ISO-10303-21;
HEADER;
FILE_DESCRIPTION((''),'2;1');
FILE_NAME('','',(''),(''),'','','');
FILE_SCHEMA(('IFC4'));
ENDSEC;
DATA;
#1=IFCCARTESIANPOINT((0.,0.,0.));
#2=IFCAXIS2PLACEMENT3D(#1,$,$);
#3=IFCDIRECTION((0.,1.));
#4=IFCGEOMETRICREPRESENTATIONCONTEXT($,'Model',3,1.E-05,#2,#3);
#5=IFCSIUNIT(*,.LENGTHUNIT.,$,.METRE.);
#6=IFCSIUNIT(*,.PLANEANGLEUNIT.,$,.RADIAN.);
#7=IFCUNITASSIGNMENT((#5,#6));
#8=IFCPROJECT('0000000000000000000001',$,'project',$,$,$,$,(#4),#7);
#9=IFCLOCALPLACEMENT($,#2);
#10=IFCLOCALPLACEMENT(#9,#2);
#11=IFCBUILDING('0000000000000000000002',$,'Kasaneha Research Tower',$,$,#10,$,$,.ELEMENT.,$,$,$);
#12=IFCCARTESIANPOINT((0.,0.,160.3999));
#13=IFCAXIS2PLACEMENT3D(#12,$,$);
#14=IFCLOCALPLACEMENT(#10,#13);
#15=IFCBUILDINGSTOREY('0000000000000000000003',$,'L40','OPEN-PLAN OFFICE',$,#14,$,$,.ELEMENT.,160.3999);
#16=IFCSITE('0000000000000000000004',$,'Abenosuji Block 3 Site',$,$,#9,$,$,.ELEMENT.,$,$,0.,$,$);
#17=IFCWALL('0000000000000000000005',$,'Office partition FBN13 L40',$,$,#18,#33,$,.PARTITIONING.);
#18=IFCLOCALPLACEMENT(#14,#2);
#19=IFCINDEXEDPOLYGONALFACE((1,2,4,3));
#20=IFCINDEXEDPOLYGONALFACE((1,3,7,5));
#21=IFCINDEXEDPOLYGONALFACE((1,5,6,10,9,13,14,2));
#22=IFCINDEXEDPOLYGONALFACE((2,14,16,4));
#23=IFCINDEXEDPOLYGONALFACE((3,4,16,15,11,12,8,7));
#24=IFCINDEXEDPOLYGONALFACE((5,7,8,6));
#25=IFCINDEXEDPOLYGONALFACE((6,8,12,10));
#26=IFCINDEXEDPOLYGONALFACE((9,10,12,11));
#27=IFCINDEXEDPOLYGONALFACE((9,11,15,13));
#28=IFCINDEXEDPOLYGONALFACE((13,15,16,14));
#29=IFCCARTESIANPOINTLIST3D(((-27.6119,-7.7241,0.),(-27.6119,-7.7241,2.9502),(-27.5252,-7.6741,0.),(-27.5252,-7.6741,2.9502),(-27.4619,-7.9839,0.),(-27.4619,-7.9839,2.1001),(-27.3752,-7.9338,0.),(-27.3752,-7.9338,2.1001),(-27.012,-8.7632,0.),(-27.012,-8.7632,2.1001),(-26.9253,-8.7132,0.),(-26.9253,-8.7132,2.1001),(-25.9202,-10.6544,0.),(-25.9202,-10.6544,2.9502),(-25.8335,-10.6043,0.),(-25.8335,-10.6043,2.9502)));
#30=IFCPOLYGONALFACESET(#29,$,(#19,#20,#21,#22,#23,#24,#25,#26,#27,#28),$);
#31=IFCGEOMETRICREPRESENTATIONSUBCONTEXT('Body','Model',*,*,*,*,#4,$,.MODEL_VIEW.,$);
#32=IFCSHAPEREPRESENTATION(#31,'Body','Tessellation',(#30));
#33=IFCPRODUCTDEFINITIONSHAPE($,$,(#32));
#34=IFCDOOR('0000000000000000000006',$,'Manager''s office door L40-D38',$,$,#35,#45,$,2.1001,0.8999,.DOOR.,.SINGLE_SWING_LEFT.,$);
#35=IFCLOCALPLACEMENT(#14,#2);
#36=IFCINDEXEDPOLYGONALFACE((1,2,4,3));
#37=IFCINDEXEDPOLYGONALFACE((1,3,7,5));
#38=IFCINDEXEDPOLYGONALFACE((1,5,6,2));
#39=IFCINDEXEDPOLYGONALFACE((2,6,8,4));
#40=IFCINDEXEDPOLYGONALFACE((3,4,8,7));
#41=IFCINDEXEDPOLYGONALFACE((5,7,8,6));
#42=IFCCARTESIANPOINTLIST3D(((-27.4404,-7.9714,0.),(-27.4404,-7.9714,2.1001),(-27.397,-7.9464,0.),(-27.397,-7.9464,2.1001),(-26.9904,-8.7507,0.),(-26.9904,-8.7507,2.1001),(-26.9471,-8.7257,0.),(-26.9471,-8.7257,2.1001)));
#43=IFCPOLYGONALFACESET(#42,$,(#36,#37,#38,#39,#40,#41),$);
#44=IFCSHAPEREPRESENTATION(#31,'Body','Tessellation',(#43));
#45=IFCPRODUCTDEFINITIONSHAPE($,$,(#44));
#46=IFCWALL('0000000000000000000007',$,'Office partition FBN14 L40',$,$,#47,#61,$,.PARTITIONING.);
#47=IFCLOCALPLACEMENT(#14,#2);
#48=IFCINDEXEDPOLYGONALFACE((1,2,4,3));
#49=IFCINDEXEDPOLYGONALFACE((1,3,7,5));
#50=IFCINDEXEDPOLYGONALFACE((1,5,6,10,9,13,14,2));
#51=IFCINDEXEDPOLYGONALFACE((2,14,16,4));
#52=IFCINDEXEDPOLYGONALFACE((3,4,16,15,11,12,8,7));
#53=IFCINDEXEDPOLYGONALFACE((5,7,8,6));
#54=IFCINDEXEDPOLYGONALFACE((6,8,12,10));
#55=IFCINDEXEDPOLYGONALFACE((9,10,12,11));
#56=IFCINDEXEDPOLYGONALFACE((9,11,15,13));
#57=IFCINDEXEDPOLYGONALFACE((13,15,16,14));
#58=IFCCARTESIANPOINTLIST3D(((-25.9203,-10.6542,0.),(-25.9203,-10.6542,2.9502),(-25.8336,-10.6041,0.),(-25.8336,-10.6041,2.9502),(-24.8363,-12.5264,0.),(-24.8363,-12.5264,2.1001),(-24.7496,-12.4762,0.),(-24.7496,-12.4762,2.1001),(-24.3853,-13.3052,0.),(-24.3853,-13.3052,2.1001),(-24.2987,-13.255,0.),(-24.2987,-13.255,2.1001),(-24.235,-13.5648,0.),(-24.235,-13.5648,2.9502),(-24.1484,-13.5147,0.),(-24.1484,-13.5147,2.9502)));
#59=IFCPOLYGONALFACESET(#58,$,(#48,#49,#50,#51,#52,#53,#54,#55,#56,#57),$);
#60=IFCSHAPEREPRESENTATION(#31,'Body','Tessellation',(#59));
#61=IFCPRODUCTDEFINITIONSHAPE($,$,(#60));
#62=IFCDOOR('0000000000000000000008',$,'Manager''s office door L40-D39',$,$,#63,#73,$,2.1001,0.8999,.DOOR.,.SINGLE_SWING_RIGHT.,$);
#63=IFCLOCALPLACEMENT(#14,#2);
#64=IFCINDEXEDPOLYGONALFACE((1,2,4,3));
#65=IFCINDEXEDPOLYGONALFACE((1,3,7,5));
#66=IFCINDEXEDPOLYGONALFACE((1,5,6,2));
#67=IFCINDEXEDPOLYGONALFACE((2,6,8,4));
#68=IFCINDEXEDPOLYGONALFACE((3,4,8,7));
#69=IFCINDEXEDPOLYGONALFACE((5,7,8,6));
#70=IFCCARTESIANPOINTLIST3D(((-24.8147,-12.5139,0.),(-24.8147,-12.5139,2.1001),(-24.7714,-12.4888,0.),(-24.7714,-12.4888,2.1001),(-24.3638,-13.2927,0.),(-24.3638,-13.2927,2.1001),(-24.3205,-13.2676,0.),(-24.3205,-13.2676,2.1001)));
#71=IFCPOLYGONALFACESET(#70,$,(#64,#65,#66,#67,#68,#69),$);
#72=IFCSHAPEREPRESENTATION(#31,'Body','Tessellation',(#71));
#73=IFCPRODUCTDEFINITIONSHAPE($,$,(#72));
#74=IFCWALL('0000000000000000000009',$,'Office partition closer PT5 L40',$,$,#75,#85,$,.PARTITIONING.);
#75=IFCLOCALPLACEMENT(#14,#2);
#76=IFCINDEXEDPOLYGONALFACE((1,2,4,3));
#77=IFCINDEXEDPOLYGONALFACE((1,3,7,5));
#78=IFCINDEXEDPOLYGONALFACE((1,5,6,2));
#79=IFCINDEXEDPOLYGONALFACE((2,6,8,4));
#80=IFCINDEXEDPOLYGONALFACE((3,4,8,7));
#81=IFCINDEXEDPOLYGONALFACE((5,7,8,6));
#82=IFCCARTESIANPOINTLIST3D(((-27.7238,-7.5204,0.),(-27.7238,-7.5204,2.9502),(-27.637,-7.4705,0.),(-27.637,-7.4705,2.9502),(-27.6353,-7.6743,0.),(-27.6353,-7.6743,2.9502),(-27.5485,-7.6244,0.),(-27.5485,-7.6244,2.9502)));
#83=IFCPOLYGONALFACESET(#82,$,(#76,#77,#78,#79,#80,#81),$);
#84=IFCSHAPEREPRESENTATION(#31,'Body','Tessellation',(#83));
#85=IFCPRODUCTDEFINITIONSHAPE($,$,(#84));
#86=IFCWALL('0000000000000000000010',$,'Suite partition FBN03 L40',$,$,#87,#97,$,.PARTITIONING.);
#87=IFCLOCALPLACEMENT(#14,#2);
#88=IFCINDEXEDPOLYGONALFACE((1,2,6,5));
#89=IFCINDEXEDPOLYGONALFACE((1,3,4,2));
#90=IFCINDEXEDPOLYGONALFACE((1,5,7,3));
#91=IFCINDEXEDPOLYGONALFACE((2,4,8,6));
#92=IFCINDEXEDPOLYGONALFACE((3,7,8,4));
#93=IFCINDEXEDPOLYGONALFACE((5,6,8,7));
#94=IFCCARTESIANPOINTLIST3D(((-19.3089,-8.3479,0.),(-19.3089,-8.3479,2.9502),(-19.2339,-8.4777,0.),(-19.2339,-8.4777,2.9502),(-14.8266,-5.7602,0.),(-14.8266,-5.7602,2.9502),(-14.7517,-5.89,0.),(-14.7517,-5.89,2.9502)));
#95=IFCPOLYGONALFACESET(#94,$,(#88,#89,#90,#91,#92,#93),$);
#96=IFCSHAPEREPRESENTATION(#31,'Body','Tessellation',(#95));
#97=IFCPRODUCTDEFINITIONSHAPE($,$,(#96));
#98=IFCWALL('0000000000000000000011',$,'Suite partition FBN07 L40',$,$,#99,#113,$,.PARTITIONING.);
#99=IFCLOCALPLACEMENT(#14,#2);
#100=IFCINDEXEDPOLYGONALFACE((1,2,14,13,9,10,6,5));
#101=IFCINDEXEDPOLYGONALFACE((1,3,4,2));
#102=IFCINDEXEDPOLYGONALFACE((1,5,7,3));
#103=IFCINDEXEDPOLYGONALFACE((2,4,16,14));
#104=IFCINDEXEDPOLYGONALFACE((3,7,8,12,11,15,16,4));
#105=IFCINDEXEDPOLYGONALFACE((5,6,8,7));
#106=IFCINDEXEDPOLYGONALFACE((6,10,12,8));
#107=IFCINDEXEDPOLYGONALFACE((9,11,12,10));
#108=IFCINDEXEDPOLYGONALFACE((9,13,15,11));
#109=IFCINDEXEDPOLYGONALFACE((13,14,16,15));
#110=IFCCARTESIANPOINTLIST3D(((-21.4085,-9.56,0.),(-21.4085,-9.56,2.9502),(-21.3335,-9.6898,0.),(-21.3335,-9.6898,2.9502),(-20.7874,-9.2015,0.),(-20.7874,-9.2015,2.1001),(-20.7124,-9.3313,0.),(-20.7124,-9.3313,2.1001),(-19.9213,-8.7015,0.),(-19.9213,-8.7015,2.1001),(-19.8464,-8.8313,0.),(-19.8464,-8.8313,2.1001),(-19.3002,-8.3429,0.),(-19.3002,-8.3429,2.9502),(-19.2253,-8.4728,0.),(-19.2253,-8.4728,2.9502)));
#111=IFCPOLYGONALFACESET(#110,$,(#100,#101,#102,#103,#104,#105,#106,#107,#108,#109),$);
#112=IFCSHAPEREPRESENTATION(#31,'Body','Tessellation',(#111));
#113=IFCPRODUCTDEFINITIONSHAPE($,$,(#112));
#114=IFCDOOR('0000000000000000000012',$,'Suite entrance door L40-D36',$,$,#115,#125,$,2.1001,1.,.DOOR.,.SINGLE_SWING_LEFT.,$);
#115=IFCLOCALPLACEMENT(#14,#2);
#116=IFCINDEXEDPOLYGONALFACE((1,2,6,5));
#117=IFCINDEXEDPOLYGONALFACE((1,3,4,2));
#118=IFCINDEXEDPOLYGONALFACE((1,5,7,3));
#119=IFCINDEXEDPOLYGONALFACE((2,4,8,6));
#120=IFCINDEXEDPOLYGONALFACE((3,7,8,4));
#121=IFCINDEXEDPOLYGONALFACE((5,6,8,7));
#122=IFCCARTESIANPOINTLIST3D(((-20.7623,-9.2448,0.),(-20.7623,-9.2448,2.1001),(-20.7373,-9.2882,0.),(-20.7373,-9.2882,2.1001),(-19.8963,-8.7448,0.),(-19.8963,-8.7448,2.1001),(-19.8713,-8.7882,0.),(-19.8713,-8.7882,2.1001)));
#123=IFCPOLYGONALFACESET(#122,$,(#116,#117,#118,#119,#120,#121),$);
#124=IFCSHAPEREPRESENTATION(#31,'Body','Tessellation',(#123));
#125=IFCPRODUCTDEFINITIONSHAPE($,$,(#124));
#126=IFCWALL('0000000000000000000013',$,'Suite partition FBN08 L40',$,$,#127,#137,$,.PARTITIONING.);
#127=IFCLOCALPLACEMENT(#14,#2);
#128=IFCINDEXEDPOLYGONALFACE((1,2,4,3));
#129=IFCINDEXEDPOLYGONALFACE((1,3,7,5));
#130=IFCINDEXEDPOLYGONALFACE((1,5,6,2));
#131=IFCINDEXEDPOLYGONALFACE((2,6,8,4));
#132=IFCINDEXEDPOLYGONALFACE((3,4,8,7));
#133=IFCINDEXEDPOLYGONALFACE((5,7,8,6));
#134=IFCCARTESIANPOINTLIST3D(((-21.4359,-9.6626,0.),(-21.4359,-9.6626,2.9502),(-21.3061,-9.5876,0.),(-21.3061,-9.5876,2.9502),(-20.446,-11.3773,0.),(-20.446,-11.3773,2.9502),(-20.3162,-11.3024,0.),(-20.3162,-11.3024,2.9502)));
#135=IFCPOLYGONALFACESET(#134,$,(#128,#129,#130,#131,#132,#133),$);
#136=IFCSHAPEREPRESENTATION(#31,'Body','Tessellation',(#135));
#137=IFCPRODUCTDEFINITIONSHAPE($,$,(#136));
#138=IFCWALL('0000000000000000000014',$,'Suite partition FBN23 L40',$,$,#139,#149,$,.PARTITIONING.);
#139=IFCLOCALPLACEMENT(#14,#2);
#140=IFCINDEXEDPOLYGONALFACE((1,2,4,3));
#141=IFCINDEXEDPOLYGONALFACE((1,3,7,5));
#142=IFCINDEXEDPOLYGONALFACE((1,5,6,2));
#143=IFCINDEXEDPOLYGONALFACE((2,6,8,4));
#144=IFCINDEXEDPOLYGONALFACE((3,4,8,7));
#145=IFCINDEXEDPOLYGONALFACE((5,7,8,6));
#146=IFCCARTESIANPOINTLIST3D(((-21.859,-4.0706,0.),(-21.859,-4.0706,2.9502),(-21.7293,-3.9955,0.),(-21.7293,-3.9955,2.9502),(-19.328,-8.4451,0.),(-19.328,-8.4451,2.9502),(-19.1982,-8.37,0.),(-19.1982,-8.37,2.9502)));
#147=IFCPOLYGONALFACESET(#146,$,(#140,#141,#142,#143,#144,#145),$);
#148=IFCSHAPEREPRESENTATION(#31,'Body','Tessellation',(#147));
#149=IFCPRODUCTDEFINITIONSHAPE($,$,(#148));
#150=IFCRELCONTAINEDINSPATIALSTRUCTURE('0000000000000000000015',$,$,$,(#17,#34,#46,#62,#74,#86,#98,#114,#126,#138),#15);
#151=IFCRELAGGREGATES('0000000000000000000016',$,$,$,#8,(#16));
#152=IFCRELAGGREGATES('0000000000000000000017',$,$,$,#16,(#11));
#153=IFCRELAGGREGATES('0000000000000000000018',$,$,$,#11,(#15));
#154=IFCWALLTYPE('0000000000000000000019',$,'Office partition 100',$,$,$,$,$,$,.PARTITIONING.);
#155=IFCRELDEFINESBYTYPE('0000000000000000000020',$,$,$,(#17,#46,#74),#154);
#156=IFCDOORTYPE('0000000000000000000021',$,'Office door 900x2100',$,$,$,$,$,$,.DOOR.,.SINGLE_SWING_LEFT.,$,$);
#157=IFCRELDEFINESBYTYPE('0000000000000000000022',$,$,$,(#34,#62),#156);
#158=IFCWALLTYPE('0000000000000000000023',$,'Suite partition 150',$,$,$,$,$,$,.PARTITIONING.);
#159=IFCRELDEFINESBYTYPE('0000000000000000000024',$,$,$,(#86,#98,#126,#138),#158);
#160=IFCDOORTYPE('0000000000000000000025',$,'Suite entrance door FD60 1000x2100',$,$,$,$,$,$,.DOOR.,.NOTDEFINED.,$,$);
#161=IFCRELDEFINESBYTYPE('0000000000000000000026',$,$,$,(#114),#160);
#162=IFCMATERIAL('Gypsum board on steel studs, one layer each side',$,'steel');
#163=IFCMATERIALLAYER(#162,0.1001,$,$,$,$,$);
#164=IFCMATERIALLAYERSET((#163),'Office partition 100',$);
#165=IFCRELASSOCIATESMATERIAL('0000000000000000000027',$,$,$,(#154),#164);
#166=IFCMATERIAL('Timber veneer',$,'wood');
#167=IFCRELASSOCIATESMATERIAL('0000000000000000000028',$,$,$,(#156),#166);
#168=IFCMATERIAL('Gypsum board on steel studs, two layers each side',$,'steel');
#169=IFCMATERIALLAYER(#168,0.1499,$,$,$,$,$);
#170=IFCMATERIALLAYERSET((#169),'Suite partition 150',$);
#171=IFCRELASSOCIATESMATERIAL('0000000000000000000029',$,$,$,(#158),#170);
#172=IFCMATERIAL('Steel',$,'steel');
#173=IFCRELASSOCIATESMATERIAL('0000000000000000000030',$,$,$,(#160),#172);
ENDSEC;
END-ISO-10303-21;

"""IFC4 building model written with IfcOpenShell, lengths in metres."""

from ifc_helpers import new_model, si_unit, direction, frame, frame_2d, origin, place, context, subcontext, project, spatial, rectangle, extrude, material, layer, layer_set, type_object, element, fill, save


model = new_model("IFC4")

# Units and contexts
model_context = context("Model", 3, precision=1e-05, world=origin(), true_north=direction((0.0, 1.0)))
body_context = subcontext(model_context, "Body", "Model", "MODEL_VIEW")
ifc_project = project(units=[si_unit("LENGTHUNIT", "METRE"), si_unit("PLANEANGLEUNIT", "RADIAN")], contexts=[model_context])

# Site, building, storey
site_placement = place(None, origin())
site = spatial("IfcSite", under=ifc_project, at=site_placement, Name="Abenosuji Block 3 Site", CompositionType="ELEMENT", RefElevation=0.0)
building_placement = place(site_placement, origin())
building = spatial("IfcBuilding", under=site, at=building_placement, Name="Kasaneha Research Tower", CompositionType="ELEMENT")
storey_placement = place(building_placement, frame((0.0, 0.0, 160.3999)))
storey = spatial("IfcBuildingStorey", under=building, at=storey_placement, Name="L40", Description="OPEN-PLAN OFFICE", CompositionType="ELEMENT", Elevation=160.3999)

# Shared definitions
ifc_material_1 = material(Name="Gypsum board on steel studs, one layer each side", Category="steel")
ifc_layer_1 = layer(ifc_material_1, 0.1001)
ifc_layer_set_1 = layer_set([ifc_layer_1], Name="Office partition 100")
wall_type_1 = type_object("IfcWallType", Name="Office partition 100", PredefinedType="PARTITIONING", material=ifc_layer_set_1)

# Shared definitions
ifc_material_2 = material(Name="Timber veneer", Category="wood")
door_type_1 = type_object("IfcDoorType", Name="Office door 900x2100", OperationType="SINGLE_SWING_LEFT", PredefinedType="DOOR", material=ifc_material_2)

# Walls, openings, doors
wall_1_placement = place(storey_placement, frame((-27.5686, -7.699, 0.0), z_axis=(0.0, 0.0, 1.0), x_axis=(0.499981, -0.866037, 0.0)))
wall_1 = element("IfcWall", 1, at=wall_1_placement, inside=storey, type_object=wall_type_1, Name="Office partition FBN13 L40", PredefinedType="PARTITIONING", context=body_context, shape_type="SweptSolid", body=[
    extrude(rectangle(XDim=3.3835, YDim=0.1001, at=frame_2d((1.6919, 0.0))), origin(), (0.0, 0.0, 1.0), 2.9502),
])
opening_1_placement = place(wall_1_placement, frame((0.3, 0.0, 0.0)))
opening_1 = element("IfcOpeningElement", 2, at=opening_1_placement, cuts=wall_1, PredefinedType="OPENING", context=body_context, shape_type="SweptSolid", body=[
    extrude(rectangle(XDim=0.8999, YDim=2.1001, at=frame_2d((0.45, 1.05))), frame((0.0, 0.0601, 0.0), z_axis=(0.0, -1.0, 0.0), x_axis=(1.0, 0.0, 0.0)), (0.0, 0.0, 1.0), 0.1201),
])
door_1_placement = place(opening_1_placement, origin())
door_1 = element("IfcDoor", 3, at=door_1_placement, inside=storey, type_object=door_type_1, Name="Manager's office door L40-D38", OperationType="SINGLE_SWING_LEFT", OverallHeight=2.1001, OverallWidth=0.8999, PredefinedType="DOOR", context=body_context, shape_type="SweptSolid", body=[
    extrude(rectangle(XDim=0.8999, YDim=2.1001, at=frame_2d((0.45, 1.05))), frame((0.0, 0.0249, 0.0), z_axis=(0.0, -1.0, 0.0), x_axis=(1.0, 0.0, 0.0)), (0.0, 0.0, 1.0), 0.05),
])
fill(opening_1, door_1)
wall_2_placement = place(storey_placement, frame((-25.877, -10.6292, 0.0), z_axis=(0.0, 0.0, 1.0), x_axis=(0.501079, -0.865401, 0.0)))
wall_2 = element("IfcWall", 4, at=wall_2_placement, inside=storey, type_object=wall_type_1, Name="Office partition FBN14 L40", PredefinedType="PARTITIONING", context=body_context, shape_type="SweptSolid", body=[
    extrude(rectangle(XDim=3.3633, YDim=0.1001, at=frame_2d((1.6816, 0.0))), origin(), (0.0, 0.0, 1.0), 2.9502),
])
opening_2_placement = place(wall_2_placement, frame((2.1633, 0.0, 0.0)))
opening_2 = element("IfcOpeningElement", 5, at=opening_2_placement, cuts=wall_2, PredefinedType="OPENING", context=body_context, shape_type="SweptSolid", body=[
    extrude(rectangle(XDim=0.8999, YDim=2.1001, at=frame_2d((0.45, 1.05))), frame((0.0, 0.0601, 0.0), z_axis=(0.0, -1.0, 0.0), x_axis=(1.0, 0.0, 0.0)), (0.0, 0.0, 1.0), 0.1201),
])
door_2_placement = place(opening_2_placement, origin())
door_2 = element("IfcDoor", 6, at=door_2_placement, inside=storey, type_object=door_type_1, Name="Manager's office door L40-D39", OperationType="SINGLE_SWING_RIGHT", OverallHeight=2.1001, OverallWidth=0.8999, PredefinedType="DOOR", context=body_context, shape_type="SweptSolid", body=[
    extrude(rectangle(XDim=0.8999, YDim=2.1001, at=frame_2d((0.45, 1.05))), frame((0.0, 0.0249, 0.0), z_axis=(0.0, -1.0, 0.0), x_axis=(1.0, 0.0, 0.0)), (0.0, 0.0, 1.0), 0.05),
])
fill(opening_2, door_2)

# Walls
wall_3_placement = place(storey_placement, frame((-27.6804, -7.4954, 0.0), z_axis=(0.0, 0.0, 1.0), x_axis=(0.498213, -0.867055, 0.0)))
element("IfcWall", 7, at=wall_3_placement, inside=storey, type_object=wall_type_1, Name="Office partition closer PT5 L40", PredefinedType="PARTITIONING", context=body_context, shape_type="SweptSolid", body=[
    extrude(rectangle(XDim=0.1775, YDim=0.1001, at=frame_2d((0.0889, 0.0))), origin(), (0.0, 0.0, 1.0), 2.9502),
])
ifc_material_3 = material(Name="Gypsum board on steel studs, two layers each side", Category="steel")
ifc_layer_2 = layer(ifc_material_3, 0.1499)
ifc_layer_set_2 = layer_set([ifc_layer_2], Name="Suite partition 150")
wall_type_2 = type_object("IfcWallType", Name="Suite partition 150", PredefinedType="PARTITIONING", material=ifc_layer_set_2)
wall_4_placement = place(storey_placement, frame((-19.2715, -8.4128, 0.0), z_axis=(0.0, 0.0, 1.0), x_axis=(0.866037, 0.49998, 0.0)))
element("IfcWall", 8, at=wall_4_placement, inside=storey, type_object=wall_type_2, Name="Suite partition FBN03 L40", PredefinedType="PARTITIONING", context=body_context, shape_type="SweptSolid", body=[
    extrude(rectangle(XDim=5.1755, YDim=0.1499, at=frame_2d((2.5879, 0.0))), origin(), (0.0, 0.0, 1.0), 2.9502),
])

# Wall, opening, door
wall_5_placement = place(storey_placement, frame((-21.3711, -9.625, 0.0), z_axis=(0.0, 0.0, 1.0), x_axis=(0.866044, 0.499968, 0.0)))
wall_5 = element("IfcWall", 9, at=wall_5_placement, inside=storey, type_object=wall_type_2, Name="Suite partition FBN07 L40", PredefinedType="PARTITIONING", context=body_context, shape_type="SweptSolid", body=[
    extrude(rectangle(XDim=2.4343, YDim=0.1499, at=frame_2d((1.2173, 0.0))), origin(), (0.0, 0.0, 1.0), 2.9502),
])
opening_3_placement = place(wall_5_placement, frame((0.7173, 0.0, 0.0)))
opening_3 = element("IfcOpeningElement", 10, at=opening_3_placement, cuts=wall_5, PredefinedType="OPENING", context=body_context, shape_type="SweptSolid", body=[
    extrude(rectangle(XDim=1.0, YDim=2.1001, at=frame_2d((0.5, 1.05))), frame((0.0, 0.085, 0.0), z_axis=(0.0, -1.0, 0.0), x_axis=(1.0, 0.0, 0.0)), (0.0, 0.0, 1.0), 0.1699),
])
ifc_material_4 = material(Name="Steel", Category="steel")
door_type_2 = type_object("IfcDoorType", Name="Suite entrance door FD60 1000x2100", OperationType="NOTDEFINED", PredefinedType="DOOR", material=ifc_material_4)
door_3_placement = place(opening_3_placement, origin())
door_3 = element("IfcDoor", 11, at=door_3_placement, inside=storey, type_object=door_type_2, Name="Suite entrance door L40-D36", OperationType="SINGLE_SWING_LEFT", OverallHeight=2.1001, OverallWidth=1.0, PredefinedType="DOOR", context=body_context, shape_type="SweptSolid", body=[
    extrude(rectangle(XDim=1.0, YDim=2.1001, at=frame_2d((0.5, 1.05))), frame((0.0, 0.0249, 0.0), z_axis=(0.0, -1.0, 0.0), x_axis=(1.0, 0.0, 0.0)), (0.0, 0.0, 1.0), 0.05),
])
fill(opening_3, door_3)

# Walls
wall_6_placement = place(storey_placement, frame((-20.3811, -11.3398, 0.0), z_axis=(0.0, 0.0, 1.0), x_axis=(-0.499971, 0.866042, 0.0)))
element("IfcWall", 12, at=wall_6_placement, inside=storey, type_object=wall_type_2, Name="Suite partition FBN08 L40", PredefinedType="PARTITIONING", context=body_context, shape_type="SweptSolid", body=[
    extrude(rectangle(XDim=1.98, YDim=0.1499, at=frame_2d((0.99, 0.0))), origin(), (0.0, 0.0, 1.0), 2.9502),
])
wall_7_placement = place(storey_placement, frame((-19.2632, -8.4075, 0.0), z_axis=(0.0, 0.0, 1.0), x_axis=(-0.500798, 0.865564, 0.0)))
element("IfcWall", 13, at=wall_7_placement, inside=storey, type_object=wall_type_2, Name="Suite partition FBN23 L40", PredefinedType="PARTITIONING", context=body_context, shape_type="SweptSolid", body=[
    extrude(rectangle(XDim=5.054, YDim=0.1499, at=frame_2d((2.5269, 0.0))), origin(), (0.0, 0.0, 1.0), 2.9502),
])

save(model, "model.ifc")
